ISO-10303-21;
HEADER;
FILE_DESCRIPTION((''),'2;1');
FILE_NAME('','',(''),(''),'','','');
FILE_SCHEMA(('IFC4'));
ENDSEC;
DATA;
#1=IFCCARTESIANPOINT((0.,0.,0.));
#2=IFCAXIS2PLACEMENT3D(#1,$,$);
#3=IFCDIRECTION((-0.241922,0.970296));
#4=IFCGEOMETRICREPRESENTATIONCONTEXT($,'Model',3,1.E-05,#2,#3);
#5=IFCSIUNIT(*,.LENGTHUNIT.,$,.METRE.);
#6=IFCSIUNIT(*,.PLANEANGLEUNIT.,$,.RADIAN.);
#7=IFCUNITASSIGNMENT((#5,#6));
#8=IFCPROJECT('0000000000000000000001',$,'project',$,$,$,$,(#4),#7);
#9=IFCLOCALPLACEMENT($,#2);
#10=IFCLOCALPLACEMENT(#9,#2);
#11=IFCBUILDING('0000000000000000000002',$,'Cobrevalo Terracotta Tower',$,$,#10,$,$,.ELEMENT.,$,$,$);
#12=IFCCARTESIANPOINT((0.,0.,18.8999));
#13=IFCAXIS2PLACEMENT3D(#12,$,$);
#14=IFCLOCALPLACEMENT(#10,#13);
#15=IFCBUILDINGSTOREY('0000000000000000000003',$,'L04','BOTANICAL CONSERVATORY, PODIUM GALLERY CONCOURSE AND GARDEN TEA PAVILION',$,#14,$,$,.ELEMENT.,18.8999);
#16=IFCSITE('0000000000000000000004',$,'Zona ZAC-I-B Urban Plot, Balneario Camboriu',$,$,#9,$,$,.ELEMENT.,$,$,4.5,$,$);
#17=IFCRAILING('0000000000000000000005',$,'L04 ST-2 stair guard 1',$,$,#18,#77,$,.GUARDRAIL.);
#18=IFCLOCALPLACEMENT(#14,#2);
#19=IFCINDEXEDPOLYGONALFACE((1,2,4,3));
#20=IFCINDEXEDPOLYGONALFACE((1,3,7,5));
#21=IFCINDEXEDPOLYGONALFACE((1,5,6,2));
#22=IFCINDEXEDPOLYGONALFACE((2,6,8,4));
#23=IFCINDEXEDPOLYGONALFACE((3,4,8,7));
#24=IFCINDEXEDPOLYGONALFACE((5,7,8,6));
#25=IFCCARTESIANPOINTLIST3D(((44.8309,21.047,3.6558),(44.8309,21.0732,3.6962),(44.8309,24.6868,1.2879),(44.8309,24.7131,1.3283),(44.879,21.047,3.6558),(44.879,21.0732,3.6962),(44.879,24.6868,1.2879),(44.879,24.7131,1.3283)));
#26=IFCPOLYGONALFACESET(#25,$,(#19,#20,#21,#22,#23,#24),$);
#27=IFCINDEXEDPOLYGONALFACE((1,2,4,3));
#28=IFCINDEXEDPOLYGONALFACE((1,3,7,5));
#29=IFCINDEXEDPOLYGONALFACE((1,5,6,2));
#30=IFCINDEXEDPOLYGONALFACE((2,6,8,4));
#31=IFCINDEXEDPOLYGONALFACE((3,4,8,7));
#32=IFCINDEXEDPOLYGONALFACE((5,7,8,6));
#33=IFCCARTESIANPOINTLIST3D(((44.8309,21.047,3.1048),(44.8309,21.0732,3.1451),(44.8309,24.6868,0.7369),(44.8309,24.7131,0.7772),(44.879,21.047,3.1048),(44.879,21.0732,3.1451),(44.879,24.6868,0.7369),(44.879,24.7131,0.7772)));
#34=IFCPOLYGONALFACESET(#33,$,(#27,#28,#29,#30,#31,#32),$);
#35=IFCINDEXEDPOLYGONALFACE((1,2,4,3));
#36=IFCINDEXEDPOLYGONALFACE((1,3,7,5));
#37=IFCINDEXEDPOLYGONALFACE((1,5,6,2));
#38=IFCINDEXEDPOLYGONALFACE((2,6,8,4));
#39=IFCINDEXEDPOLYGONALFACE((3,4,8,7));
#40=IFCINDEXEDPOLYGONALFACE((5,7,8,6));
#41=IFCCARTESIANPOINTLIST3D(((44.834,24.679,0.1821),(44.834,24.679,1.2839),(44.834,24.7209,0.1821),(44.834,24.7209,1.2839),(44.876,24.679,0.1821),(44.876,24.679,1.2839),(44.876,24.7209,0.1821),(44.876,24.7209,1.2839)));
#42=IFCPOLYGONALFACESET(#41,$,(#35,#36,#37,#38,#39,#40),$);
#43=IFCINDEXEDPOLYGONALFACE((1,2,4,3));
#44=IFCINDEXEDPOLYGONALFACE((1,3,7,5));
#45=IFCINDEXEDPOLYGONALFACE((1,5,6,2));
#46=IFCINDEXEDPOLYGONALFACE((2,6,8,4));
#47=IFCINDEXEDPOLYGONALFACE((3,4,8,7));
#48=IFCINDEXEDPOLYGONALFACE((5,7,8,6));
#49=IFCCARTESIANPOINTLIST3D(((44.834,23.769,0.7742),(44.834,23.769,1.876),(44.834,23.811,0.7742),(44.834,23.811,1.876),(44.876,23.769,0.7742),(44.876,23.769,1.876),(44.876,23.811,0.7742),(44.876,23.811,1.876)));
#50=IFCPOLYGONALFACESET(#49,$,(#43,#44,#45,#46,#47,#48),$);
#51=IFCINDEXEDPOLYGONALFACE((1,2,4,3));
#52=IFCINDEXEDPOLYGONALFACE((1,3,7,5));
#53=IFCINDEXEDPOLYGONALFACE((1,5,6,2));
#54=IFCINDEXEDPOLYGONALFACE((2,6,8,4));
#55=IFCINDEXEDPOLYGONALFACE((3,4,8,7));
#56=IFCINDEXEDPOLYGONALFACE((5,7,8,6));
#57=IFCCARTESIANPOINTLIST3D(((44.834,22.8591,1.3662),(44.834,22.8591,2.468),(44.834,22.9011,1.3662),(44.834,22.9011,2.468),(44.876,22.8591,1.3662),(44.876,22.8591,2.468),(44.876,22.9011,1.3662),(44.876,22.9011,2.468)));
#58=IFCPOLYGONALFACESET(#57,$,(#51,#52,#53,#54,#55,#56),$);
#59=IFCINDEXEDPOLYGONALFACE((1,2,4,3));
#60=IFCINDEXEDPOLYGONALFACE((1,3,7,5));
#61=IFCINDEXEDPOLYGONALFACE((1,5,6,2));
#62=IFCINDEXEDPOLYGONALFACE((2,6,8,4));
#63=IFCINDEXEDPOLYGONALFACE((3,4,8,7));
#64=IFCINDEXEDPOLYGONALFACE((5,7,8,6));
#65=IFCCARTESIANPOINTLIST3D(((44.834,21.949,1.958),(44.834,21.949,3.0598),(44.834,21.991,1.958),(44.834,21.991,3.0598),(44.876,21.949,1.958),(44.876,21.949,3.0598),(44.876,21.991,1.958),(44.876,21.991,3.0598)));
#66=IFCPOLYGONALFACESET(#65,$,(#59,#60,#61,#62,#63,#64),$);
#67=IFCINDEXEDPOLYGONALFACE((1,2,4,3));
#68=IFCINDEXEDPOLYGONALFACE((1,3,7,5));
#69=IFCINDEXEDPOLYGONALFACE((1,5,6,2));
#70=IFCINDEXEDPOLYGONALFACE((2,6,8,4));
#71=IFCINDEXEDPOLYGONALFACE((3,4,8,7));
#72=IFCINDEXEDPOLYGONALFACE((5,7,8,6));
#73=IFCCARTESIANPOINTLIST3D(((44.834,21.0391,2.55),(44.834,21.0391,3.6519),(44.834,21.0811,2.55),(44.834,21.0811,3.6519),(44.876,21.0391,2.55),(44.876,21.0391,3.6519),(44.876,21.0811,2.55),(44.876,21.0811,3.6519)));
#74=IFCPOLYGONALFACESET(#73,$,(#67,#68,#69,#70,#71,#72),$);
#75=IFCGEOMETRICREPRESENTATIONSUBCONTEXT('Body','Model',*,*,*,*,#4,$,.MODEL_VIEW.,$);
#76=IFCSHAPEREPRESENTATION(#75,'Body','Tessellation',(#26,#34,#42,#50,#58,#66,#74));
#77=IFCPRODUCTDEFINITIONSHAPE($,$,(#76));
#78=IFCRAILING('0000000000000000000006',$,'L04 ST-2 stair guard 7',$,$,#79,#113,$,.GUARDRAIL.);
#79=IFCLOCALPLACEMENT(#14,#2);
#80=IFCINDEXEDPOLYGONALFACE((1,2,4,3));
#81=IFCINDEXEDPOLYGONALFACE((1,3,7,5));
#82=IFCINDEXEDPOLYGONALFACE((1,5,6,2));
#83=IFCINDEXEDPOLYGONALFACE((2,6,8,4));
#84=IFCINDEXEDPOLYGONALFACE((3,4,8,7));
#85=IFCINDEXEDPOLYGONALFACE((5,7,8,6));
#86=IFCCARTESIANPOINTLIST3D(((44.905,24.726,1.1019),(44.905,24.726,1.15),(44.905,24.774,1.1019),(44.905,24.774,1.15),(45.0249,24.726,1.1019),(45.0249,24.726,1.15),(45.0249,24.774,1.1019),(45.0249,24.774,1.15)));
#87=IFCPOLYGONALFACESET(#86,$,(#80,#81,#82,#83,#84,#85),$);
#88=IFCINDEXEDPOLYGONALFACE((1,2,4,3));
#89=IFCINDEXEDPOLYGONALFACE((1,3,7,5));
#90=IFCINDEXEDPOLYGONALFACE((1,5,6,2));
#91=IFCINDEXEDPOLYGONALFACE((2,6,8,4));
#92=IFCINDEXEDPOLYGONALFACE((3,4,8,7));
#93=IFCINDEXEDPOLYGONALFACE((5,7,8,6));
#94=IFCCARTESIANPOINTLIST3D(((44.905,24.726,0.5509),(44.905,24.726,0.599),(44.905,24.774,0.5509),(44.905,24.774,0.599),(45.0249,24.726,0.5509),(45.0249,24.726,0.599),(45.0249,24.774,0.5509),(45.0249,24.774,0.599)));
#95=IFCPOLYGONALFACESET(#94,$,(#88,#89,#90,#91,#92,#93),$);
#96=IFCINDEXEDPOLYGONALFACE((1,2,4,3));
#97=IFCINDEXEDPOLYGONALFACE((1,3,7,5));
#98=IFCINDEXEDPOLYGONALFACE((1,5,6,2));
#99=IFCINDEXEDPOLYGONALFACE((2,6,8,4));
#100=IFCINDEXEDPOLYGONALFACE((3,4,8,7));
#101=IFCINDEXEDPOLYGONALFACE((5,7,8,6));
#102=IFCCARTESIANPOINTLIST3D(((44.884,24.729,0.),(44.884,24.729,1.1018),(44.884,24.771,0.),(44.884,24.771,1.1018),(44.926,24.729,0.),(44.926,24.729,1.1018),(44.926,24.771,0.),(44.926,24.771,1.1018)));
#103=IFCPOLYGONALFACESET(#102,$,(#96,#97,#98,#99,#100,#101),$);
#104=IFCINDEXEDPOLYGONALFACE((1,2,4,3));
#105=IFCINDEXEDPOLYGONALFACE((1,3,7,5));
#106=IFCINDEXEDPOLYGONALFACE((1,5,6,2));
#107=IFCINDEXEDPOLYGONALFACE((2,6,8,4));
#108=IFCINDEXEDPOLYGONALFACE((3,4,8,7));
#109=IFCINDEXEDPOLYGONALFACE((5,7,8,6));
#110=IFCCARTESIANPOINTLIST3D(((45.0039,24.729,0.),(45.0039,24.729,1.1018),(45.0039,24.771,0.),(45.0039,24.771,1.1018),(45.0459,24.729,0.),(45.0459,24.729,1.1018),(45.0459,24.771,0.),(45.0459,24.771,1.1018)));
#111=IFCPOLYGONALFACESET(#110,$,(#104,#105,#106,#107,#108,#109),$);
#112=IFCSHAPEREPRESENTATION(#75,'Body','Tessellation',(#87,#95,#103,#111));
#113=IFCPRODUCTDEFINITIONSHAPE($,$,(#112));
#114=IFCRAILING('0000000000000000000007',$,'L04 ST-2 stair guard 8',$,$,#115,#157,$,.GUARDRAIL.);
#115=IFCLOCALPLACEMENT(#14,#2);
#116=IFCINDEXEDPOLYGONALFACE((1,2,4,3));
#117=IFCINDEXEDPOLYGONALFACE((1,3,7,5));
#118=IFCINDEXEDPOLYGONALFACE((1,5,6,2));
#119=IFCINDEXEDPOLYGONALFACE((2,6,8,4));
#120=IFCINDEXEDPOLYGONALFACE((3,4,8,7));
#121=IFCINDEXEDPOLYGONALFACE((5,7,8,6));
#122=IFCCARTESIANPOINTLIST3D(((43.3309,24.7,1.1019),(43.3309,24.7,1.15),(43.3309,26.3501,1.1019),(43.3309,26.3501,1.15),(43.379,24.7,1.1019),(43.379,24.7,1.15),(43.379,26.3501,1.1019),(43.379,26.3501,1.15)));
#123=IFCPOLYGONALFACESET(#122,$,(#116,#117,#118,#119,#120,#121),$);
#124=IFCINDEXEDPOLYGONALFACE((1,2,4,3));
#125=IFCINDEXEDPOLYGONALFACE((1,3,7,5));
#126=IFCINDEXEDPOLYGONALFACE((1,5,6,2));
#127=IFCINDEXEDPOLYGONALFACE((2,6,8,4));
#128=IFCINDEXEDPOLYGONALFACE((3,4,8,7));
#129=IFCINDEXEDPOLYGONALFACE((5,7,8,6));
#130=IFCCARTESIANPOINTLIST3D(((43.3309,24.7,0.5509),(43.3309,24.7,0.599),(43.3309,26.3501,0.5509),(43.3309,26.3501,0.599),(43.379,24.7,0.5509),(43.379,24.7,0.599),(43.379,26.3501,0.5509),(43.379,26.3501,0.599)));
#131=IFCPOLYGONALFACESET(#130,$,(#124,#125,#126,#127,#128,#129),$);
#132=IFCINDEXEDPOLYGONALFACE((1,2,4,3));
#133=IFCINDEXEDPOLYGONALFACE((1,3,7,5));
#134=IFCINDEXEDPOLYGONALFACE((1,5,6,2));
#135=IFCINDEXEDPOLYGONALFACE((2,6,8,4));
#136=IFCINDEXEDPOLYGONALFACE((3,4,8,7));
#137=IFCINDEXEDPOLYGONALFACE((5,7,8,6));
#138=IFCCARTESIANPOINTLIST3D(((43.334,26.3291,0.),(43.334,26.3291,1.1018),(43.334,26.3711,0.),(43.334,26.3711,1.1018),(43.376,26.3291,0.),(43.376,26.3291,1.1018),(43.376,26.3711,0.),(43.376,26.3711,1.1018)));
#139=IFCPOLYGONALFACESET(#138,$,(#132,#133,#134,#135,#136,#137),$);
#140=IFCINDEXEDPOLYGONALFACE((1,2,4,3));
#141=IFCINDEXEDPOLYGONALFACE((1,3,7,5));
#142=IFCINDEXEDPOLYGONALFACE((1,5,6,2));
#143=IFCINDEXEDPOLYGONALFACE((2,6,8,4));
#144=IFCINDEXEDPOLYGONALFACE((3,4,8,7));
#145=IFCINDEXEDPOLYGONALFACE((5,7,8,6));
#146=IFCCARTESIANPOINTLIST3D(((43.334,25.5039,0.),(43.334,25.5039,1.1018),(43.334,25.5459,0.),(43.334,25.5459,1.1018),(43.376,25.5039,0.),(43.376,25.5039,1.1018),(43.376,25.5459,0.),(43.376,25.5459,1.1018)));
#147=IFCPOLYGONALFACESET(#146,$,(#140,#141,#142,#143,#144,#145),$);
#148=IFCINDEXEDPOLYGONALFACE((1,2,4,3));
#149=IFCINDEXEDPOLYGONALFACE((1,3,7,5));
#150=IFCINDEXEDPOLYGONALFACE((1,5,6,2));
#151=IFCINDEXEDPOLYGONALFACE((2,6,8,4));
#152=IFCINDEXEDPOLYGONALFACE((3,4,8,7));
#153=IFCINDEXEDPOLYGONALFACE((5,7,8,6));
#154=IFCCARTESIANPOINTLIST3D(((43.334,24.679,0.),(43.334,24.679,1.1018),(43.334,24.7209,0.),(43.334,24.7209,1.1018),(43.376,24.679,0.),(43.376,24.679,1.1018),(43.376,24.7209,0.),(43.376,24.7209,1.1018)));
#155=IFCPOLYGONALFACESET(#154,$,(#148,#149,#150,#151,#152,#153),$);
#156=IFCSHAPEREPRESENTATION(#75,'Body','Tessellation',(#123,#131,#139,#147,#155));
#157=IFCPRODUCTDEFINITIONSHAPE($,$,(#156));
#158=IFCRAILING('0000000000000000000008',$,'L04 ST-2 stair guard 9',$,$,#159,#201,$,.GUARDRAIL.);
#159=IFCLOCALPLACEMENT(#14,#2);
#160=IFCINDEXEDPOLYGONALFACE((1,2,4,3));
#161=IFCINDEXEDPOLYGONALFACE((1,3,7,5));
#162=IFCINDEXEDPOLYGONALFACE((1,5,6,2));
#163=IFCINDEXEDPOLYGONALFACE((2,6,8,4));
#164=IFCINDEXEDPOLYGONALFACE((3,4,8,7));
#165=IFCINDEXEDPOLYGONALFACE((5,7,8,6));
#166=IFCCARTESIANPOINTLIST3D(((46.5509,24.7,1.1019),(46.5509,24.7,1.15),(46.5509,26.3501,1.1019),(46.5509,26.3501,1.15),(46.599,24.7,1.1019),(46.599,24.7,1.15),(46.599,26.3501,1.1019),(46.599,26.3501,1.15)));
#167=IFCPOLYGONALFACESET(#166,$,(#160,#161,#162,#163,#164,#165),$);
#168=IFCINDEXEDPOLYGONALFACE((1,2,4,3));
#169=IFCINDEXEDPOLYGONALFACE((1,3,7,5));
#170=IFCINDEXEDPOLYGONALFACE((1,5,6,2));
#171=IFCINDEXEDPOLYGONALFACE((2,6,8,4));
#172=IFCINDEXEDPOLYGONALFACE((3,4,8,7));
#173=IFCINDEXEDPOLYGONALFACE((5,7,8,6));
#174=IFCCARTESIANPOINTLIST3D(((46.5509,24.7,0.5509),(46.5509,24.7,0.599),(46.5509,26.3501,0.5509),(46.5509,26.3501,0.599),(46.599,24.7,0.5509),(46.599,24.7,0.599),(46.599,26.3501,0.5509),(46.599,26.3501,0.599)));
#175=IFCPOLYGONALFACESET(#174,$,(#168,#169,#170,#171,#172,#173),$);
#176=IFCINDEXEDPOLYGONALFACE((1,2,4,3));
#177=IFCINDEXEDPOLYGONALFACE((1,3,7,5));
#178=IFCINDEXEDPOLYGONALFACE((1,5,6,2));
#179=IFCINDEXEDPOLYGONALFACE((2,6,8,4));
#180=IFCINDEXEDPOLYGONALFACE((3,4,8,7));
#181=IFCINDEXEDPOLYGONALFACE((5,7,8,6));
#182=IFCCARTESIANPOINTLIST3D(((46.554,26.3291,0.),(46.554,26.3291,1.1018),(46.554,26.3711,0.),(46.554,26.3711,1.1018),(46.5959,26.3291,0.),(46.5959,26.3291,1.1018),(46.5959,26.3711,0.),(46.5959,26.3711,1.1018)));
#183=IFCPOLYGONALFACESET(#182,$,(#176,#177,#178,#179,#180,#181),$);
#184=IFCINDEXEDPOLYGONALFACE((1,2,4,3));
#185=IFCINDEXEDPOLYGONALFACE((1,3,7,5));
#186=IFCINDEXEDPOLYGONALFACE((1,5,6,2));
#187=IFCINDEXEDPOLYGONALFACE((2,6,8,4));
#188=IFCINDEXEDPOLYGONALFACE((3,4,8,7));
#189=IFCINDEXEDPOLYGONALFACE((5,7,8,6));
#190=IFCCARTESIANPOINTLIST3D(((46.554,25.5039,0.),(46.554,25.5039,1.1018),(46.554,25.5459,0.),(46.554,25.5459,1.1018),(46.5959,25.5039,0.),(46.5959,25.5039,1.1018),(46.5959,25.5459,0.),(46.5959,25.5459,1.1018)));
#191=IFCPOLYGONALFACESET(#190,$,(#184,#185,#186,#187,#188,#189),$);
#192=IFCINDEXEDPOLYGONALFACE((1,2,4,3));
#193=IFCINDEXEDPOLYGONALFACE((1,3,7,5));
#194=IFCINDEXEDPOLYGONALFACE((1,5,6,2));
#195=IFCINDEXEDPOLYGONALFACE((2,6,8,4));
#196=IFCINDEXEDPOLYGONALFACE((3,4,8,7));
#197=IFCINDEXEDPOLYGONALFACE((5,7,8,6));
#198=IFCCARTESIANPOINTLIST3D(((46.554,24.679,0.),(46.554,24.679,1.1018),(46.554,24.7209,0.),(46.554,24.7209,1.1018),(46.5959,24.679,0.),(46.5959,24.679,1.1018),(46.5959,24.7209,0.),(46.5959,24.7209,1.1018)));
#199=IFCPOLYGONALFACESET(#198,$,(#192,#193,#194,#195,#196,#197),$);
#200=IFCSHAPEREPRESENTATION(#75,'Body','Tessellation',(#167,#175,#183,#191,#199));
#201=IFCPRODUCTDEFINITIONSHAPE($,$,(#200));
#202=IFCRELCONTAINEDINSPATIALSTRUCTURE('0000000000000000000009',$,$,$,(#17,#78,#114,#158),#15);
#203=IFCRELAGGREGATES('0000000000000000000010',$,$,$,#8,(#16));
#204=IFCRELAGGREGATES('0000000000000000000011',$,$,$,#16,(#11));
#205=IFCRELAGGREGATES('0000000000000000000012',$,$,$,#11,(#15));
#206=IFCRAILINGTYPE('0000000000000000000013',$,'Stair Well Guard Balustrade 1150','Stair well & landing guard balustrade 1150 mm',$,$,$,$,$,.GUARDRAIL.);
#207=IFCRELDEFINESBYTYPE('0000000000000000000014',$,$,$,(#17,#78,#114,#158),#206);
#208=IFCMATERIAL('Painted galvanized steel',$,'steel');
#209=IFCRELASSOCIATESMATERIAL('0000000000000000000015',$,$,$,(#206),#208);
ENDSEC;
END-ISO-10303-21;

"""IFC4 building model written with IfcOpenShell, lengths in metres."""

from ifc_helpers import new_model, si_unit, direction, frame, origin, origin_2d, place, context, subcontext, project, spatial, rectangle, extrude, material, type_object, element, save


model = new_model("IFC4")

# Units and contexts
model_context = context("Model", 3, precision=1e-05, world=origin(), true_north=direction((-0.241922, 0.970296)))
body_context = subcontext(model_context, "Body", "Model", "MODEL_VIEW")
ifc_project = project(units=[si_unit("LENGTHUNIT", "METRE"), si_unit("PLANEANGLEUNIT", "RADIAN")], contexts=[model_context])

# Site, building, storey
site_placement = place(None, origin())
site = spatial("IfcSite", under=ifc_project, at=site_placement, Name="Zona ZAC-I-B Urban Plot, Balneario Camboriu", CompositionType="ELEMENT", RefElevation=4.5)
building_placement = place(site_placement, origin())
building = spatial("IfcBuilding", under=site, at=building_placement, Name="Cobrevalo Terracotta Tower", CompositionType="ELEMENT")
storey_placement = place(building_placement, frame((0.0, 0.0, 18.8999)))
storey = spatial("IfcBuildingStorey", under=building, at=storey_placement, Name="L04", Description="BOTANICAL CONSERVATORY, PODIUM GALLERY CONCOURSE AND GARDEN TEA PAVILION", CompositionType="ELEMENT", Elevation=18.8999)

# Railings
ifc_material_1 = material(Name="Painted galvanized steel", Category="steel")
railing_type_1 = type_object("IfcRailingType", Name="Stair Well Guard Balustrade 1150", Description="Stair well & landing guard balustrade 1150 mm", PredefinedType="GUARDRAIL", material=ifc_material_1)
railing_1_placement = place(storey_placement, frame((44.855, 24.7, 0.1821)))
element("IfcRailing", 1, at=railing_1_placement, inside=storey, type_object=railing_type_1, Name="L04 ST-2 stair guard 1", PredefinedType="GUARDRAIL", context=body_context, shape_type="SweptSolid", body=[
    extrude(rectangle(XDim=0.0481, YDim=0.0481, at=origin_2d()), frame((0.0, 0.0, 1.126), z_axis=(0.0, -0.838234, 0.54531), x_axis=(1.0, 0.0, 0.0)), (0.0, 0.0, 1.0), 4.3423),
    extrude(rectangle(XDim=0.0481, YDim=0.0481, at=origin_2d()), frame((0.0, 0.0, 0.575), z_axis=(0.0, -0.838234, 0.54531), x_axis=(1.0, 0.0, 0.0)), (0.0, 0.0, 1.0), 4.3423),
    extrude(rectangle(XDim=0.042, YDim=0.042, at=origin_2d()), origin(), (0.0, 0.0, 1.0), 1.1018),
    extrude(rectangle(XDim=0.042, YDim=0.042, at=origin_2d()), frame((0.0, -0.9099, 0.592)), (0.0, 0.0, 1.0), 1.1018),
    extrude(rectangle(XDim=0.042, YDim=0.042, at=origin_2d()), frame((0.0, -1.8198, 1.1841)), (0.0, 0.0, 1.0), 1.1018),
    extrude(rectangle(XDim=0.042, YDim=0.042, at=origin_2d()), frame((0.0, -2.73, 1.7759)), (0.0, 0.0, 1.0), 1.1018),
    extrude(rectangle(XDim=0.042, YDim=0.042, at=origin_2d()), frame((0.0, -3.6399, 2.3679)), (0.0, 0.0, 1.0), 1.1018),
])
railing_2_placement = place(storey_placement, frame((44.905, 24.75, 0.0)))
element("IfcRailing", 2, at=railing_2_placement, inside=storey, type_object=railing_type_1, Name="L04 ST-2 stair guard 7", PredefinedType="GUARDRAIL", context=body_context, shape_type="SweptSolid", body=[
    extrude(rectangle(XDim=0.0481, YDim=0.0481, at=origin_2d()), frame((0.0, 0.0, 1.126), z_axis=(1.0, 0.0, 0.0), x_axis=(0.0, 1.0, 0.0)), (0.0, 0.0, 1.0), 0.1199),
    extrude(rectangle(XDim=0.0481, YDim=0.0481, at=origin_2d()), frame((0.0, 0.0, 0.575), z_axis=(1.0, 0.0, 0.0), x_axis=(0.0, 1.0, 0.0)), (0.0, 0.0, 1.0), 0.1199),
    extrude(rectangle(XDim=0.042, YDim=0.042, at=origin_2d()), origin(), (0.0, 0.0, 1.0), 1.1018),
    extrude(rectangle(XDim=0.042, YDim=0.042, at=origin_2d()), frame((0.1199, 0.0, 0.0)), (0.0, 0.0, 1.0), 1.1018),
])
for number, where, name in (
    (3, (43.355, 26.3501, 0.0), "L04 ST-2 stair guard 8"),
    (4, (46.575, 26.3501, 0.0), "L04 ST-2 stair guard 9"),
):
    element("IfcRailing", number, at=place(storey_placement, frame(where)), inside=storey, type_object=railing_type_1, Name=name, PredefinedType="GUARDRAIL", context=body_context, shape_type="SweptSolid", body=[
        extrude(rectangle(XDim=0.0481, YDim=0.0481, at=origin_2d()), frame((0.0, 0.0, 1.126), z_axis=(0.0, -1.0, 0.0), x_axis=(1.0, 0.0, 0.0)), (0.0, 0.0, 1.0), 1.6501),
        extrude(rectangle(XDim=0.0481, YDim=0.0481, at=origin_2d()), frame((0.0, 0.0, 0.575), z_axis=(0.0, -1.0, 0.0), x_axis=(1.0, 0.0, 0.0)), (0.0, 0.0, 1.0), 1.6501),
        extrude(rectangle(XDim=0.042, YDim=0.042, at=origin_2d()), origin(), (0.0, 0.0, 1.0), 1.1018),
        extrude(rectangle(XDim=0.042, YDim=0.042, at=origin_2d()), frame((0.0, -0.8252, 0.0)), (0.0, 0.0, 1.0), 1.1018),
        extrude(rectangle(XDim=0.042, YDim=0.042, at=origin_2d()), frame((0.0, -1.6501, 0.0)), (0.0, 0.0, 1.0), 1.1018),
    ])

save(model, "model.ifc")
